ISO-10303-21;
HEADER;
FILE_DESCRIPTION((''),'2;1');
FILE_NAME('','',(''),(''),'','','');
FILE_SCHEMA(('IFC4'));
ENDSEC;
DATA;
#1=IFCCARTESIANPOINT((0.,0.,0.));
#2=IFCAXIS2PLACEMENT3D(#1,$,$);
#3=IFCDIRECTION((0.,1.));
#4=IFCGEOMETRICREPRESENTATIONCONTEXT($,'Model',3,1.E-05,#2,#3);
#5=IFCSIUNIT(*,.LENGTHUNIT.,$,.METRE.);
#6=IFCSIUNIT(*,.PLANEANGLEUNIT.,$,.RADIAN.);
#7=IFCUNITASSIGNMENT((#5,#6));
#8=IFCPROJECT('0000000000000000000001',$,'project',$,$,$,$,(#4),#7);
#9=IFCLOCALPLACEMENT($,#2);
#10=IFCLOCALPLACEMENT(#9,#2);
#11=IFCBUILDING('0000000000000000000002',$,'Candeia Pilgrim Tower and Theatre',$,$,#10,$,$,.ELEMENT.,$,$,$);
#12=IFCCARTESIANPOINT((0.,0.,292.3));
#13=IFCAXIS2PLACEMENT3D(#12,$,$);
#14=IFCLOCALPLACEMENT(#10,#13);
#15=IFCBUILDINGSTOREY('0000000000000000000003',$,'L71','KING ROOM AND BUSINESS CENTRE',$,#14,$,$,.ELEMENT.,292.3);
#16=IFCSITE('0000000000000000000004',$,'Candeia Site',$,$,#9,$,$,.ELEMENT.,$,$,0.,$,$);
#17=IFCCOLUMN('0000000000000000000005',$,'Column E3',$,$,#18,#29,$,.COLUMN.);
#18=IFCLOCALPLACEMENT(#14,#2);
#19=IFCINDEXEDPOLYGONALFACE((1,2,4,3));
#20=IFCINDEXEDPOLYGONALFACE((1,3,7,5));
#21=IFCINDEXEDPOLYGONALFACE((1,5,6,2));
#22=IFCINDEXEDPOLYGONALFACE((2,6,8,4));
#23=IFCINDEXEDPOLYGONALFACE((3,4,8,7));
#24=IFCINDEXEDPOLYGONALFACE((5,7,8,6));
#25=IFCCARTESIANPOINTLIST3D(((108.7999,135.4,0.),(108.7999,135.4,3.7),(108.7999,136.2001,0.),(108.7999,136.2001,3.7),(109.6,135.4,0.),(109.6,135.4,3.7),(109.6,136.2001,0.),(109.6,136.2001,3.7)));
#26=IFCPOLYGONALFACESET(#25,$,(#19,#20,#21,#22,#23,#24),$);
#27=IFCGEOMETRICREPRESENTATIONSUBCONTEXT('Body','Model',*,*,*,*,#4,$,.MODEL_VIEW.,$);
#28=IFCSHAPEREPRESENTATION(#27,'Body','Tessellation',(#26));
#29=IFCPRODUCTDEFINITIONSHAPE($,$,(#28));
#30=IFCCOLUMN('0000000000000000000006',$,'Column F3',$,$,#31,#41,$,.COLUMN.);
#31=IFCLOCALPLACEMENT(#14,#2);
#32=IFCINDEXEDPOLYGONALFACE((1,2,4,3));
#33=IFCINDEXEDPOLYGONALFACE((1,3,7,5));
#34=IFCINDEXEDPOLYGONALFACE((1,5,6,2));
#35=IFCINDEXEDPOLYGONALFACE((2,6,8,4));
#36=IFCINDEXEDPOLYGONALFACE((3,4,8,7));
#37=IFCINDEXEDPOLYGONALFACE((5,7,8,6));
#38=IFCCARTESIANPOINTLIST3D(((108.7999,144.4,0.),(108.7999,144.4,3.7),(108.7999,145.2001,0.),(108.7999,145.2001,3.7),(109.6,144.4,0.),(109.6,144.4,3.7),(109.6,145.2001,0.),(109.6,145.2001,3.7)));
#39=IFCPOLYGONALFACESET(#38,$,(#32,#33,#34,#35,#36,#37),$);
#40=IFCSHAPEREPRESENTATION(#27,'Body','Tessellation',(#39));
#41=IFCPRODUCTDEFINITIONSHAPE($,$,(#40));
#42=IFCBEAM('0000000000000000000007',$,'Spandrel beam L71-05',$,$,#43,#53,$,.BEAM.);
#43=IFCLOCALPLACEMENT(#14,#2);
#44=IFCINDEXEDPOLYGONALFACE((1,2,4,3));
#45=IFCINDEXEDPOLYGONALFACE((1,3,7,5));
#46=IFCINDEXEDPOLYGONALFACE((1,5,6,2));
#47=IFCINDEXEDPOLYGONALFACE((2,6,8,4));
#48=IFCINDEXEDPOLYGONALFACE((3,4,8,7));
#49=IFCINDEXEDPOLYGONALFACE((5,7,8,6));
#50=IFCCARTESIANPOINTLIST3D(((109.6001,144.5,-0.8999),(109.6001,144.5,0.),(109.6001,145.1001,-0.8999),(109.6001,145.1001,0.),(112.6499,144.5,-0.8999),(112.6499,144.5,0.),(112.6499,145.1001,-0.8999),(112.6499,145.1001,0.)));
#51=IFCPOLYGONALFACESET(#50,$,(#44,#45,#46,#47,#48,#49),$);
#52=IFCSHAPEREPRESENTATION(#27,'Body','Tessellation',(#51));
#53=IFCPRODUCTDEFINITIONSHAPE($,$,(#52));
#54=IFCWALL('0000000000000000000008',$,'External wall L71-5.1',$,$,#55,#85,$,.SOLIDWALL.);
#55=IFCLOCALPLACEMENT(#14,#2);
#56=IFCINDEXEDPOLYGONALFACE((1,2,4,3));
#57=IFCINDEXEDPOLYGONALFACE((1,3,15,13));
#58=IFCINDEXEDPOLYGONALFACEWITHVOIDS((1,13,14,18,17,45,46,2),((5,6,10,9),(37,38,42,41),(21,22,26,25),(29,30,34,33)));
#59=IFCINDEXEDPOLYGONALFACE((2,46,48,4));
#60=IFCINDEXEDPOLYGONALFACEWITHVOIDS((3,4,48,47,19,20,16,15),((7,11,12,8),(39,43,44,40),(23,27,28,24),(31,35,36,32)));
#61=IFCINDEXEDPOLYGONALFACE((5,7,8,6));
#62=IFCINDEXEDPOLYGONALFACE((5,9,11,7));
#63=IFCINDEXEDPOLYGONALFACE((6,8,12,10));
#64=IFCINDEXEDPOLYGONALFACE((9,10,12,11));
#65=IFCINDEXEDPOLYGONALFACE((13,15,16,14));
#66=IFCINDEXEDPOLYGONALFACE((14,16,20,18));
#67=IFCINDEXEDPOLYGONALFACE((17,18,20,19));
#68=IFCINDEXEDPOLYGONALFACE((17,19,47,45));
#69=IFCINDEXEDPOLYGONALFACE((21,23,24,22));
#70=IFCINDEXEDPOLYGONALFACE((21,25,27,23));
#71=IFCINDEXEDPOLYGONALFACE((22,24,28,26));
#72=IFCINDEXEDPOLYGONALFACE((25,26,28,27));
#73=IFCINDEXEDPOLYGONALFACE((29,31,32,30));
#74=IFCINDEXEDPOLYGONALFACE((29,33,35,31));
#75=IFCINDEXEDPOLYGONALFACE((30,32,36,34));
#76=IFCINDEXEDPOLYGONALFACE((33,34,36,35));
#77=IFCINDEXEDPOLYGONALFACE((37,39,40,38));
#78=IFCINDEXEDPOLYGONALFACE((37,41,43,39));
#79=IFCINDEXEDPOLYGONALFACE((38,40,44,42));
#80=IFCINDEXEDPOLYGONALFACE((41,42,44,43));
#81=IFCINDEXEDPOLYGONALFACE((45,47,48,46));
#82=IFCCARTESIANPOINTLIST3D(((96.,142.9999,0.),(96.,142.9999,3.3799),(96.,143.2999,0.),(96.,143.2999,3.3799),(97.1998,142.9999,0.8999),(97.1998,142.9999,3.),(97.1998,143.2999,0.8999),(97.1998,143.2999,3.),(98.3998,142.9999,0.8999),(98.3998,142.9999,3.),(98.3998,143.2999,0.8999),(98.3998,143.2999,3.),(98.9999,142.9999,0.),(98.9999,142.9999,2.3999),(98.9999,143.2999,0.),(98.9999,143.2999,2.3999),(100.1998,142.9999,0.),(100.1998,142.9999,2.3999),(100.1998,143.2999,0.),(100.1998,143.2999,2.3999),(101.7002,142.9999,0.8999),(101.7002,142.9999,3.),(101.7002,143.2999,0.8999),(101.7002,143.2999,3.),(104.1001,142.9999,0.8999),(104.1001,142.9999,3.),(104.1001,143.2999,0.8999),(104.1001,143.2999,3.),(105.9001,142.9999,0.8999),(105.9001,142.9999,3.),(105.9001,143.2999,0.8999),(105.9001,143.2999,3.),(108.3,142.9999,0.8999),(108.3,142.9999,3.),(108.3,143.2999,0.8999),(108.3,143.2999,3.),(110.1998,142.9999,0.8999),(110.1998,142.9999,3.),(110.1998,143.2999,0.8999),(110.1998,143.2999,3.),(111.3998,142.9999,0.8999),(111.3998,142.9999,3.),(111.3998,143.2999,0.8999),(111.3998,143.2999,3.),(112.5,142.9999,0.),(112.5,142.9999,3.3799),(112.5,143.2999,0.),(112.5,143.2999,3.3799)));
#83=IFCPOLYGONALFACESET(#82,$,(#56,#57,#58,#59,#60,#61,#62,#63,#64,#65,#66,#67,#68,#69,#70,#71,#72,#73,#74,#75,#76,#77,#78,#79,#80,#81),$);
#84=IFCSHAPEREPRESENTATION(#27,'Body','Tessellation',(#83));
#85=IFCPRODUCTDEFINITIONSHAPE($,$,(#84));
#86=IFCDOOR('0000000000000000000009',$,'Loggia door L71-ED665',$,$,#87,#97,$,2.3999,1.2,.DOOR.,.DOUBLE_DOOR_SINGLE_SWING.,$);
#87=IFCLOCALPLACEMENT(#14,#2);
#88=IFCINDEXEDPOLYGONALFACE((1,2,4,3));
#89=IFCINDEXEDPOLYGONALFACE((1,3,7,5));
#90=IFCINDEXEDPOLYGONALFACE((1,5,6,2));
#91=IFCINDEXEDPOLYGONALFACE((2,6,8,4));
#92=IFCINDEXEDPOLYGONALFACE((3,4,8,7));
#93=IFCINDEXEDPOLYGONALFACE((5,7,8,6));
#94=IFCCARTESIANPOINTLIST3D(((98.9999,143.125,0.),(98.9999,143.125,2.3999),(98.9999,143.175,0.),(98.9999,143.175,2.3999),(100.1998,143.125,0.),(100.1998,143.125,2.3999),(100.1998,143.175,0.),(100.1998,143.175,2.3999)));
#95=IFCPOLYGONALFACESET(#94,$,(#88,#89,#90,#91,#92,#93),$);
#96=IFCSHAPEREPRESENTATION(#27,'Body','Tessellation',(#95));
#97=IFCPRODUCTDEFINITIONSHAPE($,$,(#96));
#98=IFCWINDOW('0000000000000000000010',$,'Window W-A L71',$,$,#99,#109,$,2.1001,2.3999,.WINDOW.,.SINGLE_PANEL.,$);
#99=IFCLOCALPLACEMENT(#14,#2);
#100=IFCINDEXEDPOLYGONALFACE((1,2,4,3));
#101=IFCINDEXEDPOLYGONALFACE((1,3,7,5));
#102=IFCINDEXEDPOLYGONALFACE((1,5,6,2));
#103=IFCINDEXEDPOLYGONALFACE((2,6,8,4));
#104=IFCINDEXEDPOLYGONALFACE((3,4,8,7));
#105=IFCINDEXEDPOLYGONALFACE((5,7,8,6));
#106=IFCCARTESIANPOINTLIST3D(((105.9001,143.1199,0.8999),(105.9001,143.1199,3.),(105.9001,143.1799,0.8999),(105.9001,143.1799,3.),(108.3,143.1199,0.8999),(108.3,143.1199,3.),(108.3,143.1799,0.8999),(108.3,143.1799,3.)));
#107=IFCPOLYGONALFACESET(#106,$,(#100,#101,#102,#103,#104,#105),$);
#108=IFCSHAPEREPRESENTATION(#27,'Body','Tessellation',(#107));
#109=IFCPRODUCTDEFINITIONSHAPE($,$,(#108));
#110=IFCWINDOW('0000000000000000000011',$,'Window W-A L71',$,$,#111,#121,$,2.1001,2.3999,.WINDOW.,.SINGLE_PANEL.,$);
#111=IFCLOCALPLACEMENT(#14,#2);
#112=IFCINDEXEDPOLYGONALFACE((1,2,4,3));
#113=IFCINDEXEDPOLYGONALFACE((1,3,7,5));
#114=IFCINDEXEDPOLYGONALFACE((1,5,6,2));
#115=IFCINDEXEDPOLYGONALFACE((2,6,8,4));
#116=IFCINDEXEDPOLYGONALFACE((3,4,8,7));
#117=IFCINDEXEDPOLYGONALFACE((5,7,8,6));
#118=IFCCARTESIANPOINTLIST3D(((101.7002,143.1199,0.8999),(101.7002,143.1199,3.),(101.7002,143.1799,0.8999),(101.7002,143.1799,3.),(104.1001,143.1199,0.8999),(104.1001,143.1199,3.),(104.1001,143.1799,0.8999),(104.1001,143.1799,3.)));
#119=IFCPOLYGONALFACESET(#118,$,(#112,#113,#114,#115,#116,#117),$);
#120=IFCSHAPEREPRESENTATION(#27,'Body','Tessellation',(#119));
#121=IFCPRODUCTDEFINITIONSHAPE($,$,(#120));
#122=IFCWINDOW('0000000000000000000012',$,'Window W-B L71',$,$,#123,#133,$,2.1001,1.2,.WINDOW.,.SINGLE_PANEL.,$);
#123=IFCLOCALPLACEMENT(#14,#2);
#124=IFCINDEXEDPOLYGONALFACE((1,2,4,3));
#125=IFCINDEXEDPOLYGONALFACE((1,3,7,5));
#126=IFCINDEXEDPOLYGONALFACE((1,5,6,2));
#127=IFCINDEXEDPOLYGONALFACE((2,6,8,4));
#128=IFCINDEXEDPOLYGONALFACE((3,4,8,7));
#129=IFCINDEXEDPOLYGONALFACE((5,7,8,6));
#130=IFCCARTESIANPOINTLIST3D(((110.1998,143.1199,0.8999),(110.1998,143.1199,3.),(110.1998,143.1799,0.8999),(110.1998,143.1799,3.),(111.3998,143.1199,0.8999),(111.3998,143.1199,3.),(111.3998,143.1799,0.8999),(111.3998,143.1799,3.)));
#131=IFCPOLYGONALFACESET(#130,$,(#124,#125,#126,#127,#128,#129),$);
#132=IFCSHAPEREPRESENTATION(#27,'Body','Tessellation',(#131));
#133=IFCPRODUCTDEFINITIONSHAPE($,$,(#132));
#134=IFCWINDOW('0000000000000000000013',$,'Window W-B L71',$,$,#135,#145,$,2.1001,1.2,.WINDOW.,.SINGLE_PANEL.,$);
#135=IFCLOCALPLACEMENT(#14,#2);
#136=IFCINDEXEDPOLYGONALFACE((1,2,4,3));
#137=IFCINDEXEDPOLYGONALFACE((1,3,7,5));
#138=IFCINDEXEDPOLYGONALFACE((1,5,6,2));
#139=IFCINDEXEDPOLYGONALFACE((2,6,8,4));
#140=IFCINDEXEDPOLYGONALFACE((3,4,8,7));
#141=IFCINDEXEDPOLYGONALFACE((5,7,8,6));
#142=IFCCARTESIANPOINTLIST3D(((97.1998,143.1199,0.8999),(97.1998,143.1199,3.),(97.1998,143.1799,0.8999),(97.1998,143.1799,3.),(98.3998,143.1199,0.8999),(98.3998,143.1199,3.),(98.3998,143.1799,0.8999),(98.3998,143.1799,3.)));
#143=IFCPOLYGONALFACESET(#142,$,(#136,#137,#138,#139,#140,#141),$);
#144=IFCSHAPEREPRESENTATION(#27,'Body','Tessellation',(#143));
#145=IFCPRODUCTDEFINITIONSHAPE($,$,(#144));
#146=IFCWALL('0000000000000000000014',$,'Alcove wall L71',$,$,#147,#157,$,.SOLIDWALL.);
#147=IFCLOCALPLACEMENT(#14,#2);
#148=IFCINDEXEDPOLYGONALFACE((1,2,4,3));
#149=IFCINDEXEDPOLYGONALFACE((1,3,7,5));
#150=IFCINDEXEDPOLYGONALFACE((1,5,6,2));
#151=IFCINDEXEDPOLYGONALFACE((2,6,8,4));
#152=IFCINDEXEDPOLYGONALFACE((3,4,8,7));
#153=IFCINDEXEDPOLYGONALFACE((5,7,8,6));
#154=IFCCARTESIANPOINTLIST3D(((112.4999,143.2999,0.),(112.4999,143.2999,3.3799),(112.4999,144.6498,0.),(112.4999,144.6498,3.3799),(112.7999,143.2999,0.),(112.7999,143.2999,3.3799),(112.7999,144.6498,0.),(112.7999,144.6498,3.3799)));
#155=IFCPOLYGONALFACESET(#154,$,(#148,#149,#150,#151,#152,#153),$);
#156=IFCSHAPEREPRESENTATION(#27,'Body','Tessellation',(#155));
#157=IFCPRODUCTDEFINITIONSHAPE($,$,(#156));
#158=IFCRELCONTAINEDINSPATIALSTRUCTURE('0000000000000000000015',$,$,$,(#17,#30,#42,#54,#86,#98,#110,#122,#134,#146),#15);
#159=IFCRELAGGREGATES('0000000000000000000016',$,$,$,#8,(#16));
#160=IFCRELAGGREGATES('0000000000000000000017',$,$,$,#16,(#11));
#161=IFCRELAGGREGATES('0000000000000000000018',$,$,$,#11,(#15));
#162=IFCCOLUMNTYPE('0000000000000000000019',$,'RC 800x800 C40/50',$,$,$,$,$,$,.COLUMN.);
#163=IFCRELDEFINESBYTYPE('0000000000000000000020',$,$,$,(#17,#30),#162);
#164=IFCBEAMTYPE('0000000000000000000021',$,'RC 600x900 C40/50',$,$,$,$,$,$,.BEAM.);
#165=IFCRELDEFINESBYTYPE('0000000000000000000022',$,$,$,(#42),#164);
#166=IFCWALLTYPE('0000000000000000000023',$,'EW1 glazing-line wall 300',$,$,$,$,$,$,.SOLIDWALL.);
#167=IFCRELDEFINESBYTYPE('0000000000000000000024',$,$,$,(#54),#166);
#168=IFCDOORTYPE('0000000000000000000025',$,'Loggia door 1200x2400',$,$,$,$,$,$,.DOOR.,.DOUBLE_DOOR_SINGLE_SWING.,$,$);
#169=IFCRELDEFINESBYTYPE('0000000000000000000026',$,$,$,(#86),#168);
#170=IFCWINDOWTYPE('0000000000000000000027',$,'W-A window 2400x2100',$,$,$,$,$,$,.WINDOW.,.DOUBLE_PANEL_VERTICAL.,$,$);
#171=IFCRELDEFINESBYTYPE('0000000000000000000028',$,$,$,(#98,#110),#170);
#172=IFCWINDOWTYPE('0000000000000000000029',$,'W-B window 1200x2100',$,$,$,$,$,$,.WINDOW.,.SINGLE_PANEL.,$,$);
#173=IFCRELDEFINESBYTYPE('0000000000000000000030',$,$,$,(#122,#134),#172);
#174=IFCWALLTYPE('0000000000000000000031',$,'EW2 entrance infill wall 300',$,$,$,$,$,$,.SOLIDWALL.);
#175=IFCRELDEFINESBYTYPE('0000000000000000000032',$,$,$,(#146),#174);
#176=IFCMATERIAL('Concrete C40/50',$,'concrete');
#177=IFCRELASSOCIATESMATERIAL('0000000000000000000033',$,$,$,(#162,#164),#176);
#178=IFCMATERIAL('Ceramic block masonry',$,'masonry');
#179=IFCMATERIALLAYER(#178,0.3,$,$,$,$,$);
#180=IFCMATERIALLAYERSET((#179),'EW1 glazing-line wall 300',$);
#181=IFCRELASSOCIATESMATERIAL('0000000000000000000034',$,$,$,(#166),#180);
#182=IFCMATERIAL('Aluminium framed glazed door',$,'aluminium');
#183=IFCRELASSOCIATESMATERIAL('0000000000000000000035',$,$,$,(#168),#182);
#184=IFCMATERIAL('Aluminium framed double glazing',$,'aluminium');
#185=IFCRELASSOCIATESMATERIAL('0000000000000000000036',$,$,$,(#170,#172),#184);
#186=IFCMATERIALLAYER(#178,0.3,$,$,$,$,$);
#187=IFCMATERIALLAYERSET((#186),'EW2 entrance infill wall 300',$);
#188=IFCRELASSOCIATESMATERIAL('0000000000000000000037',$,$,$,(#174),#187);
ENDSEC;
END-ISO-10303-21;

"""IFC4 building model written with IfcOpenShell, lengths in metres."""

from ifc_helpers import new_model, si_unit, direction, frame, frame_2d, origin, origin_2d, place, context, subcontext, project, spatial, rectangle, extrude, material, layer, layer_set, material_profile, profile_set, type_object, element, fill, save


model = new_model("IFC4")

# Units and contexts
model_context = context("Model", 3, precision=1e-05, world=origin(), true_north=direction((0.0, 1.0)))
body_context = subcontext(model_context, "Body", "Model", "MODEL_VIEW")
ifc_project = project(units=[si_unit("LENGTHUNIT", "METRE"), si_unit("PLANEANGLEUNIT", "RADIAN")], contexts=[model_context])

# Site, building, storey
site_placement = place(None, origin())
site = spatial("IfcSite", under=ifc_project, at=site_placement, Name="Candeia Site", CompositionType="ELEMENT", RefElevation=0.0)
building_placement = place(site_placement, origin())
building = spatial("IfcBuilding", under=site, at=building_placement, Name="Candeia Pilgrim Tower and Theatre", CompositionType="ELEMENT")
storey_placement = place(building_placement, frame((0.0, 0.0, 292.3)))
storey = spatial("IfcBuildingStorey", under=building, at=storey_placement, Name="L71", Description="KING ROOM AND BUSINESS CENTRE", CompositionType="ELEMENT", Elevation=292.3)

# Columns
ifc_material_1 = material(Name="Concrete C40/50", Category="concrete")
ifc_material_profile_1 = material_profile(ifc_material_1, rectangle(XDim=0.8, YDim=0.8, at=origin_2d()))
ifc_profile_set_1 = profile_set([ifc_material_profile_1], Name="Concrete C40/50")
column_type = type_object("IfcColumnType", Name="RC 800x800 C40/50", PredefinedType="COLUMN", material=ifc_profile_set_1)
for number, where, z_axis, x_axis, name in (
    (1, (109.2, 135.8, 0.0), (0.0, 0.0, 1.0), (1.0, 0.0, 0.0), "Column E3"),
    (2, (109.2, 144.8, 0.0), (0.0, 0.0, 1.0), (1.0, 0.0, 0.0), "Column F3"),
):
    element("IfcColumn", number, at=place(storey_placement, frame(where, z_axis=z_axis, x_axis=x_axis)), inside=storey, type_object=column_type, Name=name, PredefinedType="COLUMN", context=body_context, shape_type="SweptSolid", body=[
        extrude(rectangle(XDim=0.8, YDim=0.8, at=origin_2d()), origin(), (0.0, 0.0, 1.0), 3.7),
    ])

# Beam
ifc_material_profile_2 = material_profile(ifc_material_1, rectangle(XDim=0.6001, YDim=0.8999, at=origin_2d()))
ifc_profile_set_2 = profile_set([ifc_material_profile_2], Name="Concrete C40/50")
beam_type = type_object("IfcBeamType", Name="RC 600x900 C40/50", PredefinedType="BEAM", material=ifc_profile_set_2)
beam_placement = place(storey_placement, frame((109.6001, 144.8, -0.45), z_axis=(1.0, 0.0, 0.0), x_axis=(0.0, 1.0, 0.0)))
element("IfcBeam", 3, at=beam_placement, inside=storey, type_object=beam_type, Name="Spandrel beam L71-05", PredefinedType="BEAM", context=body_context, shape_type="SweptSolid", body=[
    extrude(rectangle(XDim=0.6001, YDim=0.8999, at=origin_2d()), origin(), (0.0, 0.0, 1.0), 3.0498),
])

# Wall, openings, door, windows
ifc_material_2 = material(Name="Ceramic block masonry", Category="masonry")
ifc_layer_1 = layer(ifc_material_2, 0.3)
ifc_layer_set_1 = layer_set([ifc_layer_1], Name="EW1 glazing-line wall 300")
wall_type_1 = type_object("IfcWallType", Name="EW1 glazing-line wall 300", PredefinedType="SOLIDWALL", material=ifc_layer_set_1)
wall_1_placement = place(storey_placement, frame((112.5, 143.1499, 0.0), z_axis=(0.0, 0.0, 1.0), x_axis=(-1.0, 0.0, 0.0)))
wall_1 = element("IfcWall", 4, at=wall_1_placement, inside=storey, type_object=wall_type_1, Name="External wall L71-5.1", PredefinedType="SOLIDWALL", context=body_context, shape_type="SweptSolid", body=[
    extrude(rectangle(XDim=16.5, YDim=0.3, at=frame_2d((8.25, 0.0))), origin(), (0.0, 0.0, 1.0), 3.3799),
])
opening_1_placement = place(wall_1_placement, frame((1.1001, 0.0, 0.8999)))
opening_1 = element("IfcOpeningElement", 5, at=opening_1_placement, cuts=wall_1, PredefinedType="OPENING", context=body_context, shape_type="SweptSolid", body=[
    extrude(rectangle(XDim=1.2, YDim=2.1001, at=frame_2d((0.6001, 1.05))), frame((0.0, 0.1602, 0.0), z_axis=(0.0, -1.0, 0.0), x_axis=(1.0, 0.0, 0.0)), (0.0, 0.0, 1.0), 0.3201),
])
opening_2_placement = place(wall_1_placement, frame((4.2, 0.0, 0.8999)))
opening_2 = element("IfcOpeningElement", 6, at=opening_2_placement, cuts=wall_1, PredefinedType="OPENING", context=body_context, shape_type="SweptSolid", body=[
    extrude(rectangle(XDim=2.3999, YDim=2.1001, at=frame_2d((1.2, 1.05))), frame((0.0, 0.1602, 0.0), z_axis=(0.0, -1.0, 0.0), x_axis=(1.0, 0.0, 0.0)), (0.0, 0.0, 1.0), 0.3201),
])
opening_3_placement = place(wall_1_placement, frame((8.3999, 0.0, 0.8999)))
opening_3 = element("IfcOpeningElement", 7, at=opening_3_placement, cuts=wall_1, PredefinedType="OPENING", context=body_context, shape_type="SweptSolid", body=[
    extrude(rectangle(XDim=2.3999, YDim=2.1001, at=frame_2d((1.2, 1.05))), frame((0.0, 0.1602, 0.0), z_axis=(0.0, -1.0, 0.0), x_axis=(1.0, 0.0, 0.0)), (0.0, 0.0, 1.0), 0.3201),
])
opening_4_placement = place(wall_1_placement, frame((12.3, 0.0, 0.0)))
opening_4 = element("IfcOpeningElement", 8, at=opening_4_placement, cuts=wall_1, PredefinedType="OPENING", context=body_context, shape_type="SweptSolid", body=[
    extrude(rectangle(XDim=1.2, YDim=2.3999, at=frame_2d((0.6001, 1.2))), frame((0.0, 0.1602, 0.0), z_axis=(0.0, -1.0, 0.0), x_axis=(1.0, 0.0, 0.0)), (0.0, 0.0, 1.0), 0.3201),
])
opening_5_placement = place(wall_1_placement, frame((14.1001, 0.0, 0.8999)))
opening_5 = element("IfcOpeningElement", 9, at=opening_5_placement, cuts=wall_1, PredefinedType="OPENING", context=body_context, shape_type="SweptSolid", body=[
    extrude(rectangle(XDim=1.2, YDim=2.1001, at=frame_2d((0.6001, 1.05))), frame((0.0, 0.1602, 0.0), z_axis=(0.0, -1.0, 0.0), x_axis=(1.0, 0.0, 0.0)), (0.0, 0.0, 1.0), 0.3201),
])
ifc_material_3 = material(Name="Aluminium framed glazed door", Category="aluminium")
door_type_1 = type_object("IfcDoorType", Name="Loggia door 1200x2400", OperationType="DOUBLE_DOOR_SINGLE_SWING", PredefinedType="DOOR", material=ifc_material_3)
door_1_placement = place(opening_4_placement, origin())
door_1 = element("IfcDoor", 10, at=door_1_placement, inside=storey, type_object=door_type_1, Name="Loggia door L71-ED665", OperationType="DOUBLE_DOOR_SINGLE_SWING", OverallHeight=2.3999, OverallWidth=1.2, PredefinedType="DOOR", context=body_context, shape_type="SweptSolid", body=[
    extrude(rectangle(XDim=1.2, YDim=2.3999, at=frame_2d((0.6001, 1.2))), frame((0.0, 0.0249, 0.0), z_axis=(0.0, -1.0, 0.0), x_axis=(1.0, 0.0, 0.0)), (0.0, 0.0, 1.0), 0.05),
])
fill(opening_4, door_1)
ifc_material_4 = material(Name="Aluminium framed double glazing", Category="aluminium")
window_type_1 = type_object("IfcWindowType", Name="W-A window 2400x2100", PartitioningType="DOUBLE_PANEL_VERTICAL", PredefinedType="WINDOW", material=ifc_material_4)
window_1_placement = place(opening_2_placement, origin())
window_1 = element("IfcWindow", 11, at=window_1_placement, inside=storey, type_object=window_type_1, Name="Window W-A L71", OverallHeight=2.1001, OverallWidth=2.3999, PartitioningType="SINGLE_PANEL", PredefinedType="WINDOW", context=body_context, shape_type="SweptSolid", body=[
    extrude(rectangle(XDim=2.3999, YDim=2.1001, at=frame_2d((1.2, 1.05))), frame((0.0, 0.03, 0.0), z_axis=(0.0, -1.0, 0.0), x_axis=(1.0, 0.0, 0.0)), (0.0, 0.0, 1.0), 0.0601),
])
fill(opening_2, window_1)
window_2_placement = place(opening_3_placement, origin())
window_2 = element("IfcWindow", 12, at=window_2_placement, inside=storey, type_object=window_type_1, Name="Window W-A L71", OverallHeight=2.1001, OverallWidth=2.3999, PartitioningType="SINGLE_PANEL", PredefinedType="WINDOW", context=body_context, shape_type="SweptSolid", body=[
    extrude(rectangle(XDim=2.3999, YDim=2.1001, at=frame_2d((1.2, 1.05))), frame((0.0, 0.03, 0.0), z_axis=(0.0, -1.0, 0.0), x_axis=(1.0, 0.0, 0.0)), (0.0, 0.0, 1.0), 0.0601),
])
fill(opening_3, window_2)
window_type_2 = type_object("IfcWindowType", Name="W-B window 1200x2100", PartitioningType="SINGLE_PANEL", PredefinedType="WINDOW", material=ifc_material_4)
window_3_placement = place(opening_1_placement, origin())
window_3 = element("IfcWindow", 13, at=window_3_placement, inside=storey, type_object=window_type_2, Name="Window W-B L71", OverallHeight=2.1001, OverallWidth=1.2, PartitioningType="SINGLE_PANEL", PredefinedType="WINDOW", context=body_context, shape_type="SweptSolid", body=[
    extrude(rectangle(XDim=1.2, YDim=2.1001, at=frame_2d((0.6001, 1.05))), frame((0.0, 0.03, 0.0), z_axis=(0.0, -1.0, 0.0), x_axis=(1.0, 0.0, 0.0)), (0.0, 0.0, 1.0), 0.0601),
])
fill(opening_1, window_3)
window_4_placement = place(opening_5_placement, origin())
window_4 = element("IfcWindow", 14, at=window_4_placement, inside=storey, type_object=window_type_2, Name="Window W-B L71", OverallHeight=2.1001, OverallWidth=1.2, PartitioningType="SINGLE_PANEL", PredefinedType="WINDOW", context=body_context, shape_type="SweptSolid", body=[
    extrude(rectangle(XDim=1.2, YDim=2.1001, at=frame_2d((0.6001, 1.05))), frame((0.0, 0.03, 0.0), z_axis=(0.0, -1.0, 0.0), x_axis=(1.0, 0.0, 0.0)), (0.0, 0.0, 1.0), 0.0601),
])
fill(opening_5, window_4)

# Wall
ifc_layer_2 = layer(ifc_material_2, 0.3)
ifc_layer_set_2 = layer_set([ifc_layer_2], Name="EW2 entrance infill wall 300")
wall_type_2 = type_object("IfcWallType", Name="EW2 entrance infill wall 300", PredefinedType="SOLIDWALL", material=ifc_layer_set_2)
wall_2_placement = place(storey_placement, frame((112.6499, 143.3, 0.0), z_axis=(0.0, 0.0, 1.0), x_axis=(0.0, 1.0, 0.0)))
element("IfcWall", 15, at=wall_2_placement, inside=storey, type_object=wall_type_2, Name="Alcove wall L71", PredefinedType="SOLIDWALL", context=body_context, shape_type="SweptSolid", body=[
    extrude(rectangle(XDim=1.3499, YDim=0.3, at=frame_2d((0.6748, 0.0))), origin(), (0.0, 0.0, 1.0), 3.3799),
])

save(model, "model.ifc")
